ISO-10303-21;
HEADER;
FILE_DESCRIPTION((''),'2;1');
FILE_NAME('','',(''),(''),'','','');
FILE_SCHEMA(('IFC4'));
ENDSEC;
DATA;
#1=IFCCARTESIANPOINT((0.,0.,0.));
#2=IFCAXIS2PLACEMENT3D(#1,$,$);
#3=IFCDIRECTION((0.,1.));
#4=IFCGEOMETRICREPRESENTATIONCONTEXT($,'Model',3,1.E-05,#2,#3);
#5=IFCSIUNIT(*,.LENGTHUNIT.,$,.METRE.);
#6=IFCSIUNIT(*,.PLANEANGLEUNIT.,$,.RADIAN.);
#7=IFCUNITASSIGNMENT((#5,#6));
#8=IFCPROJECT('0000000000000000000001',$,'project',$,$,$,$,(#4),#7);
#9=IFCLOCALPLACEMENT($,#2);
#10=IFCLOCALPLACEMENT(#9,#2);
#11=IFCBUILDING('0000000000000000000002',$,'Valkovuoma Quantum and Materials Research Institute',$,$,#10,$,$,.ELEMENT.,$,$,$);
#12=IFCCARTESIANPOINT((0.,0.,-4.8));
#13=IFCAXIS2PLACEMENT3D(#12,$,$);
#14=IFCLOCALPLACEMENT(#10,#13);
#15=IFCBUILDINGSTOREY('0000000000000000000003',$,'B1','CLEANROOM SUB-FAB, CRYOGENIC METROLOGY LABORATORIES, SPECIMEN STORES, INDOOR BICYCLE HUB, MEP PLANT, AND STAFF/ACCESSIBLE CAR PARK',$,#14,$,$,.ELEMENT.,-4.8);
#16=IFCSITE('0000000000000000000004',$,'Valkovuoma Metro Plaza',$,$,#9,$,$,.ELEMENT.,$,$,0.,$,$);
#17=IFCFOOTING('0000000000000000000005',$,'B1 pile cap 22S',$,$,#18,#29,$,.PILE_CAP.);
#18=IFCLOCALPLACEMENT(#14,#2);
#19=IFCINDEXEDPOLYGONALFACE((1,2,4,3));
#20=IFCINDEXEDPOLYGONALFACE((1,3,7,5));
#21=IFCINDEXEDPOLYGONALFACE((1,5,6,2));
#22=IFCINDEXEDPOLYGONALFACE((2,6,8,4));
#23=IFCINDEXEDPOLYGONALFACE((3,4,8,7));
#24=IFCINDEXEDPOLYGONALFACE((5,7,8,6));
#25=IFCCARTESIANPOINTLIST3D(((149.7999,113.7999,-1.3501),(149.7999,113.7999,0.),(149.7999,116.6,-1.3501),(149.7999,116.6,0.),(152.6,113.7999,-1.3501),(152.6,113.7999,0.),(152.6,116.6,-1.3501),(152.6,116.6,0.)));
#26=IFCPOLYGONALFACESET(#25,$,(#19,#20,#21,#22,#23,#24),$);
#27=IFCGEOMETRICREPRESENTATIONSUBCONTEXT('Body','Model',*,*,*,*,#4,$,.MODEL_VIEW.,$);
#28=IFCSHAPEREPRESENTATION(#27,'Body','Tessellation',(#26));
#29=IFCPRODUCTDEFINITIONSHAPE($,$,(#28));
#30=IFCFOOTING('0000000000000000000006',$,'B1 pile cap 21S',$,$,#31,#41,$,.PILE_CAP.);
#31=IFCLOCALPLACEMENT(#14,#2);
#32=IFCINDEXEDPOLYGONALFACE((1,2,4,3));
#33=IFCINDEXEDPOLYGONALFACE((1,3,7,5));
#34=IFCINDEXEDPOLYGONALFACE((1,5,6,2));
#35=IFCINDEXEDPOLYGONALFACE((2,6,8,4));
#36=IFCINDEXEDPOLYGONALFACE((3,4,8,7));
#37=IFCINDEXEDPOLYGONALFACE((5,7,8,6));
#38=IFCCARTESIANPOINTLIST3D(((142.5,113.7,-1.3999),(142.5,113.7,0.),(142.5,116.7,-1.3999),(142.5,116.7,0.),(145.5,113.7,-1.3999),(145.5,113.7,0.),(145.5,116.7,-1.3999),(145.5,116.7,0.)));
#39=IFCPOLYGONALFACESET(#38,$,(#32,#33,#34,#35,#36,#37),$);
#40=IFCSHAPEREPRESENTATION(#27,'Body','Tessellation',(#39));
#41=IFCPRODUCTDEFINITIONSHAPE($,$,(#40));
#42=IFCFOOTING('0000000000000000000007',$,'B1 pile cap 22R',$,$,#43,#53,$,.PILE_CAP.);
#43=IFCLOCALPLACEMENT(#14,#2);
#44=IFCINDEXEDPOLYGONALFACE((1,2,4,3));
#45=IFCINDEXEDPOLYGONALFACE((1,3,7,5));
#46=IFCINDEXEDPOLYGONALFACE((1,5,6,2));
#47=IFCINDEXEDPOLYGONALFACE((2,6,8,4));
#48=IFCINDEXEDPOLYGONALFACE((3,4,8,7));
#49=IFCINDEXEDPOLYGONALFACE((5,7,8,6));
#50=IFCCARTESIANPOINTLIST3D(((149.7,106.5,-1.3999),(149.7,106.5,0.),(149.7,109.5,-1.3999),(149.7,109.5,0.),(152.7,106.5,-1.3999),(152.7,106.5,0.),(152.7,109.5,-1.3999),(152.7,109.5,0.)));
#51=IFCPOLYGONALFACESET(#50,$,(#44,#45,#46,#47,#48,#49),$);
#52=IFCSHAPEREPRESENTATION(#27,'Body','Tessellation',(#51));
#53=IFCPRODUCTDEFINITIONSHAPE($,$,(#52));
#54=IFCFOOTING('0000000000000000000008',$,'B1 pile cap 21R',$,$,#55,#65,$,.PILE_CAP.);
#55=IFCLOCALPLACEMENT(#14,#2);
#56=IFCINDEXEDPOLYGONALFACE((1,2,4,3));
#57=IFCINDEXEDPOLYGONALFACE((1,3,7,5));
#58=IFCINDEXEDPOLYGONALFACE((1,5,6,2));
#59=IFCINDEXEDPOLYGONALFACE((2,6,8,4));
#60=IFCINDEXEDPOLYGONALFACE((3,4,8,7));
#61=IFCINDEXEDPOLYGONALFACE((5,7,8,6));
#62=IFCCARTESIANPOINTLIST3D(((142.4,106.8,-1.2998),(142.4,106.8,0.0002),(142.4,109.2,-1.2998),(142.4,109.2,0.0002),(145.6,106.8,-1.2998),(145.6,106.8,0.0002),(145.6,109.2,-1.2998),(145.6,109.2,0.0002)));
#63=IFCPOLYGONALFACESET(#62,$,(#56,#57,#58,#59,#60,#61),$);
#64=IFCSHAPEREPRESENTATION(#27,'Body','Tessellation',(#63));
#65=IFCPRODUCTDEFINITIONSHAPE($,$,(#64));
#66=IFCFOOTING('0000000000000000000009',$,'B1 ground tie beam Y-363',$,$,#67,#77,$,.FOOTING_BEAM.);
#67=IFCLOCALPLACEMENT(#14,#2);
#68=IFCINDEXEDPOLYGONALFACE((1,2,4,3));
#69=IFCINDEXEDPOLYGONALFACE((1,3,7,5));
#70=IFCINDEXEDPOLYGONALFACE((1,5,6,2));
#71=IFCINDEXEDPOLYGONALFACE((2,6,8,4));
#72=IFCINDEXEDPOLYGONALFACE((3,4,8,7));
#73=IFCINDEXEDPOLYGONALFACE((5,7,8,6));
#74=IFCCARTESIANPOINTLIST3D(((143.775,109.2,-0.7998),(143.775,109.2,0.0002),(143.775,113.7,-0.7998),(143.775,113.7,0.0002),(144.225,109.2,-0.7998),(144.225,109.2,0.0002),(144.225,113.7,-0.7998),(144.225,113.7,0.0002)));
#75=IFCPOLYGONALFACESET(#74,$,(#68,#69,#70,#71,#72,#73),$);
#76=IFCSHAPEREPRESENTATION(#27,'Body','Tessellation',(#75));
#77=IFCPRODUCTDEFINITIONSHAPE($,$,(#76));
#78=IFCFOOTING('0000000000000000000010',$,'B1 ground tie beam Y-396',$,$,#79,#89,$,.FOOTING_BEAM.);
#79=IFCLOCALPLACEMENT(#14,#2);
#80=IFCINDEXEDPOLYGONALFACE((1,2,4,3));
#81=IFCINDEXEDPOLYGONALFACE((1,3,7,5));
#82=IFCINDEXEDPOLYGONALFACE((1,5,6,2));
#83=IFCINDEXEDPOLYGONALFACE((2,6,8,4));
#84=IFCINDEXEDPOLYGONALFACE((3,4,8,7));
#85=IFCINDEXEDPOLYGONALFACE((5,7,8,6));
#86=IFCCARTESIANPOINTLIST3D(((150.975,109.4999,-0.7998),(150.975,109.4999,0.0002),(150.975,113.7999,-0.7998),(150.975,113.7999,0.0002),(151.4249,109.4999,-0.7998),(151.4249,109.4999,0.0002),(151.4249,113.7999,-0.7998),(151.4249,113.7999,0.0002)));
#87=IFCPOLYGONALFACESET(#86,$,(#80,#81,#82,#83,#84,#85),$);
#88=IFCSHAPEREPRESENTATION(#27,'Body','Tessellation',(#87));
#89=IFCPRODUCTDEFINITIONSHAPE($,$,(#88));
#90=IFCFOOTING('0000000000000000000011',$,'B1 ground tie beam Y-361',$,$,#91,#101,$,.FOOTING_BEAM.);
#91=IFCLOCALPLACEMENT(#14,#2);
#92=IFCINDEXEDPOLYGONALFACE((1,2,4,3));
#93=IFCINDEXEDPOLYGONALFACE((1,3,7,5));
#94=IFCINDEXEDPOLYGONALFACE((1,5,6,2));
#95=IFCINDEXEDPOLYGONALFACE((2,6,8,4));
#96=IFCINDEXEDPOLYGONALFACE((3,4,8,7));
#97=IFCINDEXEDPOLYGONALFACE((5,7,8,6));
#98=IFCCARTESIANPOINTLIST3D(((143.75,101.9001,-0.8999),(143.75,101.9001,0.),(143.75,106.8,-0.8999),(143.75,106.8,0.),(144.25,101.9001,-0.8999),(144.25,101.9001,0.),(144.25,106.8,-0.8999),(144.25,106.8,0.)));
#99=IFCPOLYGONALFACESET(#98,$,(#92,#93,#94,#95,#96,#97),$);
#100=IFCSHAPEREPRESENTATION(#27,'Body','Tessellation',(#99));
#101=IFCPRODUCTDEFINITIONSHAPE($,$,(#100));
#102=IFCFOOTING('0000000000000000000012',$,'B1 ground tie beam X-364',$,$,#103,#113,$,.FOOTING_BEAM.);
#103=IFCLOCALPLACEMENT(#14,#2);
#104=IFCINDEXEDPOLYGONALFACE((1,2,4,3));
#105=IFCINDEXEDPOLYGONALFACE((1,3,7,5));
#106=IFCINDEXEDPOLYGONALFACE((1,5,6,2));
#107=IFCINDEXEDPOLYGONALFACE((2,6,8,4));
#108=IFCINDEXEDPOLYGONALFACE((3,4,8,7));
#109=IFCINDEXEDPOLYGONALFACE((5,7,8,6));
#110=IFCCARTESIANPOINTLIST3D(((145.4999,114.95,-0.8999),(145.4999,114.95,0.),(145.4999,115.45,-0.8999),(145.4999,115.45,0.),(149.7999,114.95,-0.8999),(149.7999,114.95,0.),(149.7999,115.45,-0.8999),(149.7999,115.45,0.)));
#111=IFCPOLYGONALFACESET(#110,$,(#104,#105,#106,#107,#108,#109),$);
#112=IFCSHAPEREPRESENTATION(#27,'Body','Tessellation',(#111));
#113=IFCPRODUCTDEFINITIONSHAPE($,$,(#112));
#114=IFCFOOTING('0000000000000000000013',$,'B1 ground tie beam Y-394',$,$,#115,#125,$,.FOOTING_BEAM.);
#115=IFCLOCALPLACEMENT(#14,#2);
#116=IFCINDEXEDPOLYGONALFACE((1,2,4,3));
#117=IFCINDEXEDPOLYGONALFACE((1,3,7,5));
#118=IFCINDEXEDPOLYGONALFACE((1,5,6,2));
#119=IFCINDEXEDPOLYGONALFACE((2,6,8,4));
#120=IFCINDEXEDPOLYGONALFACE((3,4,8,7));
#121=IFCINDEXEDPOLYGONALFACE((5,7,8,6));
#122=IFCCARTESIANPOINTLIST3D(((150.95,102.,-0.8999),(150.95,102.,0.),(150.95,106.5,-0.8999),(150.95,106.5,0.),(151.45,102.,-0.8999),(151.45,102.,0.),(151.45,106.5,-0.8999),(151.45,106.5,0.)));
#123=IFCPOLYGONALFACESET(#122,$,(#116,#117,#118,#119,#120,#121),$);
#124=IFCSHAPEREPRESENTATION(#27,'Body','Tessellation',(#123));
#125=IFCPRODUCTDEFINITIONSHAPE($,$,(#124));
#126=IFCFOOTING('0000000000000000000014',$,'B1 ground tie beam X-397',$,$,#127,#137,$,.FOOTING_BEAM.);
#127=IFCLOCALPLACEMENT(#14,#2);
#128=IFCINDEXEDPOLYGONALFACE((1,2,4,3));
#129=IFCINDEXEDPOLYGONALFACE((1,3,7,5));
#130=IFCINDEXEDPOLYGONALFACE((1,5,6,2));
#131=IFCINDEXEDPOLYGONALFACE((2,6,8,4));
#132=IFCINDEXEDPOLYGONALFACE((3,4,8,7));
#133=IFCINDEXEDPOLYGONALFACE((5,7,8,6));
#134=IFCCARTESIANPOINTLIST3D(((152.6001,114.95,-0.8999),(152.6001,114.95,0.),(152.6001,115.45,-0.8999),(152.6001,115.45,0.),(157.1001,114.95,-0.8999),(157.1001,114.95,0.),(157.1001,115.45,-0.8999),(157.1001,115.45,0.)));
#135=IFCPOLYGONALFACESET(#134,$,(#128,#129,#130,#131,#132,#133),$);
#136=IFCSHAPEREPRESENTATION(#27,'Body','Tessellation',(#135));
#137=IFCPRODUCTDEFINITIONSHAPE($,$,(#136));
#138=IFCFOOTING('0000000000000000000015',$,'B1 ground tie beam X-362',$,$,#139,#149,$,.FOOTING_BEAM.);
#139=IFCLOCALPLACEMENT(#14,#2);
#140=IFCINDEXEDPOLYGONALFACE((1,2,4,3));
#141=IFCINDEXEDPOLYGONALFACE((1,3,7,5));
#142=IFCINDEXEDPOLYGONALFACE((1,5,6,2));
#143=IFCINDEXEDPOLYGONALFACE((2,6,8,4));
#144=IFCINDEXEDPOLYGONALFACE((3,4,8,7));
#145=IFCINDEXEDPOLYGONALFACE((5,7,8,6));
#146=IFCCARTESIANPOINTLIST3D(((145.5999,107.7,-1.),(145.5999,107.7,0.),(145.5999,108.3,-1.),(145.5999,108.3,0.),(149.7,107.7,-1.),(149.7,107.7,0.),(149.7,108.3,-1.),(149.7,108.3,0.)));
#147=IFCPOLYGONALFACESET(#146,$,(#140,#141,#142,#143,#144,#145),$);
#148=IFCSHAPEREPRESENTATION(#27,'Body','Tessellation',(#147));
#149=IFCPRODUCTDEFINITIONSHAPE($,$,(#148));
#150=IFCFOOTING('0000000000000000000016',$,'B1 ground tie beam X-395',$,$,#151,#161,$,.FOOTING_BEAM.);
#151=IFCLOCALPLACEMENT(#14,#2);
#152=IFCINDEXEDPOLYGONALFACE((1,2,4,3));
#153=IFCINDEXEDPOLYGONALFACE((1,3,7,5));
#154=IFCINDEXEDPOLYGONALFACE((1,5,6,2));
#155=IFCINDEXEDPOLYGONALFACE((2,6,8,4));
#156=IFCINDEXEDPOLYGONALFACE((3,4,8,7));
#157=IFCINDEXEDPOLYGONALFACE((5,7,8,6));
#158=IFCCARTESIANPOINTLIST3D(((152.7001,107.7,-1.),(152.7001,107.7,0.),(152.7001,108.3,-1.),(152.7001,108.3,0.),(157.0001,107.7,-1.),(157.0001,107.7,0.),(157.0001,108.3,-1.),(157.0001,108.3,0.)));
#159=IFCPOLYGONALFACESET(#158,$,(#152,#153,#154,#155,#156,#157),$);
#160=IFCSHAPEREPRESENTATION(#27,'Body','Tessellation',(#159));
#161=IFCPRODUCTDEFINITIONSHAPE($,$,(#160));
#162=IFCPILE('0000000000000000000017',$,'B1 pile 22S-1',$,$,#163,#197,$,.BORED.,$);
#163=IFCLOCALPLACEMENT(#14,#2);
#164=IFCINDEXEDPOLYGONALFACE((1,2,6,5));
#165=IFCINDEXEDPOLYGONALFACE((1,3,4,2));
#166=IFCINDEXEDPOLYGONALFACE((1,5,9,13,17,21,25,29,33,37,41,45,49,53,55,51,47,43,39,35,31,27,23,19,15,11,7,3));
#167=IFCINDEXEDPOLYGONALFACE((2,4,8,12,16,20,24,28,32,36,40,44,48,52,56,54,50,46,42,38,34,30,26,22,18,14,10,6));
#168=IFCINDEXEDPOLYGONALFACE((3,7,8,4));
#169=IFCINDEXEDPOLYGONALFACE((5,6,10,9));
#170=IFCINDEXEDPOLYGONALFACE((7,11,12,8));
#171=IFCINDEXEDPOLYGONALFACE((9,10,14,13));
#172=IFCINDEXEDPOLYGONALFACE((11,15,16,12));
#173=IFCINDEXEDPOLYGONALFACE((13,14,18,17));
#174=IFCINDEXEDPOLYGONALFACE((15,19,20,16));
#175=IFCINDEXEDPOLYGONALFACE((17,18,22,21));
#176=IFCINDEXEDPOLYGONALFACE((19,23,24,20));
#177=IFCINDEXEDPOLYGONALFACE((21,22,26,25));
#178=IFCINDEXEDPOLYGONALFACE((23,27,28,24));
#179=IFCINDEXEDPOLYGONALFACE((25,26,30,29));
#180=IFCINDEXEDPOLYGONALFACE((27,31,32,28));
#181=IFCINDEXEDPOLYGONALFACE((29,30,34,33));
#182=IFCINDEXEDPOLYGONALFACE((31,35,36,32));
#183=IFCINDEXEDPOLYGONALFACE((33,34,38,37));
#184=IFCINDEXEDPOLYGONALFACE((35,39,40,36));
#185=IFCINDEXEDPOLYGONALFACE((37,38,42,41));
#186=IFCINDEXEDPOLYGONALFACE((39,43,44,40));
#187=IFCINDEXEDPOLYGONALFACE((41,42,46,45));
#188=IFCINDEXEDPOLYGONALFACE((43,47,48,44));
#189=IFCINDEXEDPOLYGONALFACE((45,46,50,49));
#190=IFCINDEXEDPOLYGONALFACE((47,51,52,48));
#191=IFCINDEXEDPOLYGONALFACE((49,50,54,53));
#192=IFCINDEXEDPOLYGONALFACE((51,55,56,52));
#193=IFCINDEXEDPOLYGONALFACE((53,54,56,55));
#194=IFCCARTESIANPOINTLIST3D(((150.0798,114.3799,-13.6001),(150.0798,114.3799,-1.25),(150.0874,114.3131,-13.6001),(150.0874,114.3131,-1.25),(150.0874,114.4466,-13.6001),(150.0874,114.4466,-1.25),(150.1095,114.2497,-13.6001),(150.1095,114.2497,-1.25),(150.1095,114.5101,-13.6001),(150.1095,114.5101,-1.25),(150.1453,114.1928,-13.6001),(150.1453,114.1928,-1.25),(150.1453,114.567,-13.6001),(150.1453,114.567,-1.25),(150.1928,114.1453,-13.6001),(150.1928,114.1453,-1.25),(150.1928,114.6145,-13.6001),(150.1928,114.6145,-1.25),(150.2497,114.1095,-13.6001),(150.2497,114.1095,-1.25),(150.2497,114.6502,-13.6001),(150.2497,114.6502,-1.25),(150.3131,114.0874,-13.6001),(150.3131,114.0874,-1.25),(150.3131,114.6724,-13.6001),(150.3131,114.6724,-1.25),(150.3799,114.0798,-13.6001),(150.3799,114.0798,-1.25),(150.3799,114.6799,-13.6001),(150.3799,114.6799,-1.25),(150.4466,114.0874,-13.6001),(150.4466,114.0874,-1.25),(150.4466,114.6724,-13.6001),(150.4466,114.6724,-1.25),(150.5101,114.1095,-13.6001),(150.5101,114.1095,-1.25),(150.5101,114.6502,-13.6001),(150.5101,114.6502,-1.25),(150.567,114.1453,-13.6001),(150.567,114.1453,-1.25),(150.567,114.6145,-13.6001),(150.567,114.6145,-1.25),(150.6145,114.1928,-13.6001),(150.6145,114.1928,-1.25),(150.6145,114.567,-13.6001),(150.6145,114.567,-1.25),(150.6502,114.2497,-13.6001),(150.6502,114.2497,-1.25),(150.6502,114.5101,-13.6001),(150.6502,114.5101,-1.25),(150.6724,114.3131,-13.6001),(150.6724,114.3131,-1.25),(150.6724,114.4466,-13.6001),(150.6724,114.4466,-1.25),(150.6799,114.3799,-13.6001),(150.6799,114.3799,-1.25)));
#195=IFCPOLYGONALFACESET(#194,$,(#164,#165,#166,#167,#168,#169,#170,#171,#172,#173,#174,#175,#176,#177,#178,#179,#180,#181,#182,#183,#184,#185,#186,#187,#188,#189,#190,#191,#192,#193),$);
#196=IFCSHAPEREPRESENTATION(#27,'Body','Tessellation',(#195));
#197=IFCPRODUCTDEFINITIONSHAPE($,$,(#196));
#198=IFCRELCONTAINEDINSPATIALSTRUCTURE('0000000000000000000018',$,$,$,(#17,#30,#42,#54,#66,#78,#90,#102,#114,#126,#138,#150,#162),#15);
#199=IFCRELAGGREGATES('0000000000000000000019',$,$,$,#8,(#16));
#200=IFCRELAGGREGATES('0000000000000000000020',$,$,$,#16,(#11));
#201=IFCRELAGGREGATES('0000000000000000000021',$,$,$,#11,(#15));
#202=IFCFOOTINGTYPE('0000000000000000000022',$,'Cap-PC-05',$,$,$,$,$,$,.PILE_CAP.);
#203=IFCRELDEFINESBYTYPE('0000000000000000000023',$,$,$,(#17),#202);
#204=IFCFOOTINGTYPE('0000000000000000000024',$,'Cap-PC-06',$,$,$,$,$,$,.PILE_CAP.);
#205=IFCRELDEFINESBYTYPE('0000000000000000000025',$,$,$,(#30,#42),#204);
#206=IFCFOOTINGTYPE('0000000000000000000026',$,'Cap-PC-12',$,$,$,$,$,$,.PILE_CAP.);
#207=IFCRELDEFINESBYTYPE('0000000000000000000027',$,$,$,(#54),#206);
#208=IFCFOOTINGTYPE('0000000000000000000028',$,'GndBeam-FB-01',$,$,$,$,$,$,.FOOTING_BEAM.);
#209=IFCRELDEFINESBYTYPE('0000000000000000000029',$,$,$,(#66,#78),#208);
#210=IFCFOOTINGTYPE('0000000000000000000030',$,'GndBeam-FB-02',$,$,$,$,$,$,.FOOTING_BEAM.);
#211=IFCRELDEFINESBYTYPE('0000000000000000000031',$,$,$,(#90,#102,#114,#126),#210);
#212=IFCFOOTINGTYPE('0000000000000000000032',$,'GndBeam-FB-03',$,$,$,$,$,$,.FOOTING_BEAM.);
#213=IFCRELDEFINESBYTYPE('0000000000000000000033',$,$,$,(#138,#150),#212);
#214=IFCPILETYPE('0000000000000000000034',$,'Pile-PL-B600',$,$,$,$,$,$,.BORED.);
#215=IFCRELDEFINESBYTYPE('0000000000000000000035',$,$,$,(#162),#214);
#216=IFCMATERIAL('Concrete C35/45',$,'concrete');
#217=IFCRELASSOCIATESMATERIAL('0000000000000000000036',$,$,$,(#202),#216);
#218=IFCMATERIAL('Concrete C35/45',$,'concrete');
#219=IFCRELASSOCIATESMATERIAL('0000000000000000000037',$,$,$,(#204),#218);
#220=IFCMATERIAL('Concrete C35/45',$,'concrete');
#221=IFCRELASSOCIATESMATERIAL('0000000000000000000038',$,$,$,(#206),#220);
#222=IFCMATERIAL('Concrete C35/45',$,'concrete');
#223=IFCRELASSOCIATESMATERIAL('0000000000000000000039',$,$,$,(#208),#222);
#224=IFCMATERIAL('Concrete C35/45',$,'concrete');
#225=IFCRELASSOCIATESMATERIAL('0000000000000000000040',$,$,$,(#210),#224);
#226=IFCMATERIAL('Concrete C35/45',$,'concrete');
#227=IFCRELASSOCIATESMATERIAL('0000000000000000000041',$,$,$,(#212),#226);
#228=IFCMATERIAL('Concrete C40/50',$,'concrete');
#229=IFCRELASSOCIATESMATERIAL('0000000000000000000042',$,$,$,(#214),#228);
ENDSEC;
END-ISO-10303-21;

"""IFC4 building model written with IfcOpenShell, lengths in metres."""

from ifc_helpers import new_model, si_unit, direction, frame, origin, origin_2d, place, context, subcontext, project, spatial, rectangle, circle, extrude, material, material_profile, profile_set, type_object, element, save


model = new_model("IFC4")

# Units and contexts
model_context = context("Model", 3, precision=1e-05, world=origin(), true_north=direction((0.0, 1.0)))
body_context = subcontext(model_context, "Body", "Model", "MODEL_VIEW")
ifc_project = project(units=[si_unit("LENGTHUNIT", "METRE"), si_unit("PLANEANGLEUNIT", "RADIAN")], contexts=[model_context])

# Site, building, storey
site_placement = place(None, origin())
site = spatial("IfcSite", under=ifc_project, at=site_placement, Name="Valkovuoma Metro Plaza", CompositionType="ELEMENT", RefElevation=0.0)
building_placement = place(site_placement, origin())
building = spatial("IfcBuilding", under=site, at=building_placement, Name="Valkovuoma Quantum and Materials Research Institute", CompositionType="ELEMENT")
storey_placement = place(building_placement, frame((0.0, 0.0, -4.8)))
storey = spatial("IfcBuildingStorey", under=building, at=storey_placement, Name="B1", Description="CLEANROOM SUB-FAB, CRYOGENIC METROLOGY LABORATORIES, SPECIMEN STORES, INDOOR BICYCLE HUB, MEP PLANT, AND STAFF/ACCESSIBLE CAR PARK", CompositionType="ELEMENT", Elevation=-4.8)

# Footings
ifc_material_1 = material(Name="Concrete C35/45", Category="concrete")
footing_type_1 = type_object("IfcFootingType", Name="Cap-PC-05", PredefinedType="PILE_CAP", material=ifc_material_1)
footing_1_placement = place(storey_placement, frame((151.2, 115.2, -1.3501), z_axis=(0.0, 0.0, 1.0), x_axis=(1.0, 0.0, 0.0)))
element("IfcFooting", 1, at=footing_1_placement, inside=storey, type_object=footing_type_1, Name="B1 pile cap 22S", PredefinedType="PILE_CAP", context=body_context, shape_type="SweptSolid", body=[
    extrude(rectangle(XDim=2.8, YDim=2.8, at=origin_2d()), origin(), (0.0, 0.0, 1.0), 1.3501),
])
ifc_material_2 = material(Name="Concrete C35/45", Category="concrete")
footing_type_2 = type_object("IfcFootingType", Name="Cap-PC-06", PredefinedType="PILE_CAP", material=ifc_material_2)
for number, where, z_axis, x_axis, name in (
    (2, (144.0, 115.2, -1.3999), (0.0, 0.0, 1.0), (1.0, 0.0, 0.0), "B1 pile cap 21S"),
    (3, (151.2, 108.0, -1.3999), (0.0, 0.0, 1.0), (1.0, 0.0, 0.0), "B1 pile cap 22R"),
):
    element("IfcFooting", number, at=place(storey_placement, frame(where, z_axis=z_axis, x_axis=x_axis)), inside=storey, type_object=footing_type_2, Name=name, PredefinedType="PILE_CAP", context=body_context, shape_type="SweptSolid", body=[
        extrude(rectangle(XDim=3.0, YDim=3.0, at=origin_2d()), origin(), (0.0, 0.0, 1.0), 1.3999),
    ])
ifc_material_3 = material(Name="Concrete C35/45", Category="concrete")
footing_type_3 = type_object("IfcFootingType", Name="Cap-PC-12", PredefinedType="PILE_CAP", material=ifc_material_3)
footing_2_placement = place(storey_placement, frame((144.0, 108.0, -1.2998), z_axis=(0.0, 0.0, 1.0), x_axis=(1.0, 0.0, 0.0)))
element("IfcFooting", 4, at=footing_2_placement, inside=storey, type_object=footing_type_3, Name="B1 pile cap 21R", PredefinedType="PILE_CAP", context=body_context, shape_type="SweptSolid", body=[
    extrude(rectangle(XDim=3.2, YDim=2.3999, at=origin_2d()), origin(), (0.0, 0.0, 1.0), 1.3),
])
ifc_material_4 = material(Name="Concrete C35/45", Category="concrete")
footing_type_4 = type_object("IfcFootingType", Name="GndBeam-FB-01", PredefinedType="FOOTING_BEAM", material=ifc_material_4)
footing_3_placement = place(storey_placement, frame((144.0, 111.45, -0.7998), z_axis=(0.0, 0.0, 1.0), x_axis=(0.0, 1.0, 0.0)))
element("IfcFooting", 5, at=footing_3_placement, inside=storey, type_object=footing_type_4, Name="B1 ground tie beam Y-363", PredefinedType="FOOTING_BEAM", context=body_context, shape_type="SweptSolid", body=[
    extrude(rectangle(XDim=4.5, YDim=0.45, at=origin_2d()), origin(), (0.0, 0.0, 1.0), 0.8),
])
footing_4_placement = place(storey_placement, frame((151.2, 111.6499, -0.7998), z_axis=(0.0, 0.0, 1.0), x_axis=(0.0, 1.0, 0.0)))
element("IfcFooting", 6, at=footing_4_placement, inside=storey, type_object=footing_type_4, Name="B1 ground tie beam Y-396", PredefinedType="FOOTING_BEAM", context=body_context, shape_type="SweptSolid", body=[
    extrude(rectangle(XDim=4.3, YDim=0.45, at=origin_2d()), origin(), (0.0, 0.0, 1.0), 0.8),
])
ifc_material_5 = material(Name="Concrete C35/45", Category="concrete")
footing_type_5 = type_object("IfcFootingType", Name="GndBeam-FB-02", PredefinedType="FOOTING_BEAM", material=ifc_material_5)
footing_5_placement = place(storey_placement, frame((144.0, 104.3501, -0.8999), z_axis=(0.0, 0.0, 1.0), x_axis=(0.0, 1.0, 0.0)))
element("IfcFooting", 7, at=footing_5_placement, inside=storey, type_object=footing_type_5, Name="B1 ground tie beam Y-361", PredefinedType="FOOTING_BEAM", context=body_context, shape_type="SweptSolid", body=[
    extrude(rectangle(XDim=4.8999, YDim=0.5, at=origin_2d()), origin(), (0.0, 0.0, 1.0), 0.8999),
])
footing_6_placement = place(storey_placement, frame((147.6499, 115.2, -0.8999), z_axis=(0.0, 0.0, 1.0), x_axis=(1.0, 0.0, 0.0)))
element("IfcFooting", 8, at=footing_6_placement, inside=storey, type_object=footing_type_5, Name="B1 ground tie beam X-364", PredefinedType="FOOTING_BEAM", context=body_context, shape_type="SweptSolid", body=[
    extrude(rectangle(XDim=4.3, YDim=0.5, at=origin_2d()), origin(), (0.0, 0.0, 1.0), 0.8999),
])
for number, where, z_axis, x_axis, name in (
    (9, (151.2, 104.25, -0.8999), (0.0, 0.0, 1.0), (0.0, 1.0, 0.0), "B1 ground tie beam Y-394"),
    (10, (154.8501, 115.2, -0.8999), (0.0, 0.0, 1.0), (1.0, 0.0, 0.0), "B1 ground tie beam X-397"),
):
    element("IfcFooting", number, at=place(storey_placement, frame(where, z_axis=z_axis, x_axis=x_axis)), inside=storey, type_object=footing_type_5, Name=name, PredefinedType="FOOTING_BEAM", context=body_context, shape_type="SweptSolid", body=[
        extrude(rectangle(XDim=4.5, YDim=0.5, at=origin_2d()), origin(), (0.0, 0.0, 1.0), 0.8999),
    ])
ifc_material_6 = material(Name="Concrete C35/45", Category="concrete")
footing_type_6 = type_object("IfcFootingType", Name="GndBeam-FB-03", PredefinedType="FOOTING_BEAM", material=ifc_material_6)
footing_7_placement = place(storey_placement, frame((147.6499, 108.0, -1.0), z_axis=(0.0, 0.0, 1.0), x_axis=(1.0, 0.0, 0.0)))
element("IfcFooting", 11, at=footing_7_placement, inside=storey, type_object=footing_type_6, Name="B1 ground tie beam X-362", PredefinedType="FOOTING_BEAM", context=body_context, shape_type="SweptSolid", body=[
    extrude(rectangle(XDim=4.1001, YDim=0.6001, at=origin_2d()), origin(), (0.0, 0.0, 1.0), 1.0),
])
footing_8_placement = place(storey_placement, frame((154.8501, 108.0, -1.0), z_axis=(0.0, 0.0, 1.0), x_axis=(1.0, 0.0, 0.0)))
element("IfcFooting", 12, at=footing_8_placement, inside=storey, type_object=footing_type_6, Name="B1 ground tie beam X-395", PredefinedType="FOOTING_BEAM", context=body_context, shape_type="SweptSolid", body=[
    extrude(rectangle(XDim=4.3, YDim=0.6001, at=origin_2d()), origin(), (0.0, 0.0, 1.0), 1.0),
])

# Pile
ifc_material_7 = material(Name="Concrete C40/50", Category="concrete")
ifc_material_profile_1 = material_profile(ifc_material_7, circle(Radius=0.3, at=origin_2d()), Name="Concrete C40/50")
ifc_profile_set_1 = profile_set([ifc_material_profile_1], Name="Concrete C40/50")
pile_type_1 = type_object("IfcPileType", Name="Pile-PL-B600", PredefinedType="BORED", material=ifc_profile_set_1)
for number, where, z_axis, x_axis, name in (
    (13, (150.3799, 114.3799, -1.25), (0.0, 0.0, -1.0), (1.0, 0.0, 0.0), "B1 pile 22S-1"),
):
    element("IfcPile", number, at=place(storey_placement, frame(where, z_axis=z_axis, x_axis=x_axis)), inside=storey, type_object=pile_type_1, Name=name, PredefinedType="BORED", context=body_context, shape_type="SweptSolid", body=[
        extrude(circle(Radius=0.3, at=origin_2d()), origin(), (0.0, 0.0, 1.0), 12.3501),
    ])

save(model, "model.ifc")
